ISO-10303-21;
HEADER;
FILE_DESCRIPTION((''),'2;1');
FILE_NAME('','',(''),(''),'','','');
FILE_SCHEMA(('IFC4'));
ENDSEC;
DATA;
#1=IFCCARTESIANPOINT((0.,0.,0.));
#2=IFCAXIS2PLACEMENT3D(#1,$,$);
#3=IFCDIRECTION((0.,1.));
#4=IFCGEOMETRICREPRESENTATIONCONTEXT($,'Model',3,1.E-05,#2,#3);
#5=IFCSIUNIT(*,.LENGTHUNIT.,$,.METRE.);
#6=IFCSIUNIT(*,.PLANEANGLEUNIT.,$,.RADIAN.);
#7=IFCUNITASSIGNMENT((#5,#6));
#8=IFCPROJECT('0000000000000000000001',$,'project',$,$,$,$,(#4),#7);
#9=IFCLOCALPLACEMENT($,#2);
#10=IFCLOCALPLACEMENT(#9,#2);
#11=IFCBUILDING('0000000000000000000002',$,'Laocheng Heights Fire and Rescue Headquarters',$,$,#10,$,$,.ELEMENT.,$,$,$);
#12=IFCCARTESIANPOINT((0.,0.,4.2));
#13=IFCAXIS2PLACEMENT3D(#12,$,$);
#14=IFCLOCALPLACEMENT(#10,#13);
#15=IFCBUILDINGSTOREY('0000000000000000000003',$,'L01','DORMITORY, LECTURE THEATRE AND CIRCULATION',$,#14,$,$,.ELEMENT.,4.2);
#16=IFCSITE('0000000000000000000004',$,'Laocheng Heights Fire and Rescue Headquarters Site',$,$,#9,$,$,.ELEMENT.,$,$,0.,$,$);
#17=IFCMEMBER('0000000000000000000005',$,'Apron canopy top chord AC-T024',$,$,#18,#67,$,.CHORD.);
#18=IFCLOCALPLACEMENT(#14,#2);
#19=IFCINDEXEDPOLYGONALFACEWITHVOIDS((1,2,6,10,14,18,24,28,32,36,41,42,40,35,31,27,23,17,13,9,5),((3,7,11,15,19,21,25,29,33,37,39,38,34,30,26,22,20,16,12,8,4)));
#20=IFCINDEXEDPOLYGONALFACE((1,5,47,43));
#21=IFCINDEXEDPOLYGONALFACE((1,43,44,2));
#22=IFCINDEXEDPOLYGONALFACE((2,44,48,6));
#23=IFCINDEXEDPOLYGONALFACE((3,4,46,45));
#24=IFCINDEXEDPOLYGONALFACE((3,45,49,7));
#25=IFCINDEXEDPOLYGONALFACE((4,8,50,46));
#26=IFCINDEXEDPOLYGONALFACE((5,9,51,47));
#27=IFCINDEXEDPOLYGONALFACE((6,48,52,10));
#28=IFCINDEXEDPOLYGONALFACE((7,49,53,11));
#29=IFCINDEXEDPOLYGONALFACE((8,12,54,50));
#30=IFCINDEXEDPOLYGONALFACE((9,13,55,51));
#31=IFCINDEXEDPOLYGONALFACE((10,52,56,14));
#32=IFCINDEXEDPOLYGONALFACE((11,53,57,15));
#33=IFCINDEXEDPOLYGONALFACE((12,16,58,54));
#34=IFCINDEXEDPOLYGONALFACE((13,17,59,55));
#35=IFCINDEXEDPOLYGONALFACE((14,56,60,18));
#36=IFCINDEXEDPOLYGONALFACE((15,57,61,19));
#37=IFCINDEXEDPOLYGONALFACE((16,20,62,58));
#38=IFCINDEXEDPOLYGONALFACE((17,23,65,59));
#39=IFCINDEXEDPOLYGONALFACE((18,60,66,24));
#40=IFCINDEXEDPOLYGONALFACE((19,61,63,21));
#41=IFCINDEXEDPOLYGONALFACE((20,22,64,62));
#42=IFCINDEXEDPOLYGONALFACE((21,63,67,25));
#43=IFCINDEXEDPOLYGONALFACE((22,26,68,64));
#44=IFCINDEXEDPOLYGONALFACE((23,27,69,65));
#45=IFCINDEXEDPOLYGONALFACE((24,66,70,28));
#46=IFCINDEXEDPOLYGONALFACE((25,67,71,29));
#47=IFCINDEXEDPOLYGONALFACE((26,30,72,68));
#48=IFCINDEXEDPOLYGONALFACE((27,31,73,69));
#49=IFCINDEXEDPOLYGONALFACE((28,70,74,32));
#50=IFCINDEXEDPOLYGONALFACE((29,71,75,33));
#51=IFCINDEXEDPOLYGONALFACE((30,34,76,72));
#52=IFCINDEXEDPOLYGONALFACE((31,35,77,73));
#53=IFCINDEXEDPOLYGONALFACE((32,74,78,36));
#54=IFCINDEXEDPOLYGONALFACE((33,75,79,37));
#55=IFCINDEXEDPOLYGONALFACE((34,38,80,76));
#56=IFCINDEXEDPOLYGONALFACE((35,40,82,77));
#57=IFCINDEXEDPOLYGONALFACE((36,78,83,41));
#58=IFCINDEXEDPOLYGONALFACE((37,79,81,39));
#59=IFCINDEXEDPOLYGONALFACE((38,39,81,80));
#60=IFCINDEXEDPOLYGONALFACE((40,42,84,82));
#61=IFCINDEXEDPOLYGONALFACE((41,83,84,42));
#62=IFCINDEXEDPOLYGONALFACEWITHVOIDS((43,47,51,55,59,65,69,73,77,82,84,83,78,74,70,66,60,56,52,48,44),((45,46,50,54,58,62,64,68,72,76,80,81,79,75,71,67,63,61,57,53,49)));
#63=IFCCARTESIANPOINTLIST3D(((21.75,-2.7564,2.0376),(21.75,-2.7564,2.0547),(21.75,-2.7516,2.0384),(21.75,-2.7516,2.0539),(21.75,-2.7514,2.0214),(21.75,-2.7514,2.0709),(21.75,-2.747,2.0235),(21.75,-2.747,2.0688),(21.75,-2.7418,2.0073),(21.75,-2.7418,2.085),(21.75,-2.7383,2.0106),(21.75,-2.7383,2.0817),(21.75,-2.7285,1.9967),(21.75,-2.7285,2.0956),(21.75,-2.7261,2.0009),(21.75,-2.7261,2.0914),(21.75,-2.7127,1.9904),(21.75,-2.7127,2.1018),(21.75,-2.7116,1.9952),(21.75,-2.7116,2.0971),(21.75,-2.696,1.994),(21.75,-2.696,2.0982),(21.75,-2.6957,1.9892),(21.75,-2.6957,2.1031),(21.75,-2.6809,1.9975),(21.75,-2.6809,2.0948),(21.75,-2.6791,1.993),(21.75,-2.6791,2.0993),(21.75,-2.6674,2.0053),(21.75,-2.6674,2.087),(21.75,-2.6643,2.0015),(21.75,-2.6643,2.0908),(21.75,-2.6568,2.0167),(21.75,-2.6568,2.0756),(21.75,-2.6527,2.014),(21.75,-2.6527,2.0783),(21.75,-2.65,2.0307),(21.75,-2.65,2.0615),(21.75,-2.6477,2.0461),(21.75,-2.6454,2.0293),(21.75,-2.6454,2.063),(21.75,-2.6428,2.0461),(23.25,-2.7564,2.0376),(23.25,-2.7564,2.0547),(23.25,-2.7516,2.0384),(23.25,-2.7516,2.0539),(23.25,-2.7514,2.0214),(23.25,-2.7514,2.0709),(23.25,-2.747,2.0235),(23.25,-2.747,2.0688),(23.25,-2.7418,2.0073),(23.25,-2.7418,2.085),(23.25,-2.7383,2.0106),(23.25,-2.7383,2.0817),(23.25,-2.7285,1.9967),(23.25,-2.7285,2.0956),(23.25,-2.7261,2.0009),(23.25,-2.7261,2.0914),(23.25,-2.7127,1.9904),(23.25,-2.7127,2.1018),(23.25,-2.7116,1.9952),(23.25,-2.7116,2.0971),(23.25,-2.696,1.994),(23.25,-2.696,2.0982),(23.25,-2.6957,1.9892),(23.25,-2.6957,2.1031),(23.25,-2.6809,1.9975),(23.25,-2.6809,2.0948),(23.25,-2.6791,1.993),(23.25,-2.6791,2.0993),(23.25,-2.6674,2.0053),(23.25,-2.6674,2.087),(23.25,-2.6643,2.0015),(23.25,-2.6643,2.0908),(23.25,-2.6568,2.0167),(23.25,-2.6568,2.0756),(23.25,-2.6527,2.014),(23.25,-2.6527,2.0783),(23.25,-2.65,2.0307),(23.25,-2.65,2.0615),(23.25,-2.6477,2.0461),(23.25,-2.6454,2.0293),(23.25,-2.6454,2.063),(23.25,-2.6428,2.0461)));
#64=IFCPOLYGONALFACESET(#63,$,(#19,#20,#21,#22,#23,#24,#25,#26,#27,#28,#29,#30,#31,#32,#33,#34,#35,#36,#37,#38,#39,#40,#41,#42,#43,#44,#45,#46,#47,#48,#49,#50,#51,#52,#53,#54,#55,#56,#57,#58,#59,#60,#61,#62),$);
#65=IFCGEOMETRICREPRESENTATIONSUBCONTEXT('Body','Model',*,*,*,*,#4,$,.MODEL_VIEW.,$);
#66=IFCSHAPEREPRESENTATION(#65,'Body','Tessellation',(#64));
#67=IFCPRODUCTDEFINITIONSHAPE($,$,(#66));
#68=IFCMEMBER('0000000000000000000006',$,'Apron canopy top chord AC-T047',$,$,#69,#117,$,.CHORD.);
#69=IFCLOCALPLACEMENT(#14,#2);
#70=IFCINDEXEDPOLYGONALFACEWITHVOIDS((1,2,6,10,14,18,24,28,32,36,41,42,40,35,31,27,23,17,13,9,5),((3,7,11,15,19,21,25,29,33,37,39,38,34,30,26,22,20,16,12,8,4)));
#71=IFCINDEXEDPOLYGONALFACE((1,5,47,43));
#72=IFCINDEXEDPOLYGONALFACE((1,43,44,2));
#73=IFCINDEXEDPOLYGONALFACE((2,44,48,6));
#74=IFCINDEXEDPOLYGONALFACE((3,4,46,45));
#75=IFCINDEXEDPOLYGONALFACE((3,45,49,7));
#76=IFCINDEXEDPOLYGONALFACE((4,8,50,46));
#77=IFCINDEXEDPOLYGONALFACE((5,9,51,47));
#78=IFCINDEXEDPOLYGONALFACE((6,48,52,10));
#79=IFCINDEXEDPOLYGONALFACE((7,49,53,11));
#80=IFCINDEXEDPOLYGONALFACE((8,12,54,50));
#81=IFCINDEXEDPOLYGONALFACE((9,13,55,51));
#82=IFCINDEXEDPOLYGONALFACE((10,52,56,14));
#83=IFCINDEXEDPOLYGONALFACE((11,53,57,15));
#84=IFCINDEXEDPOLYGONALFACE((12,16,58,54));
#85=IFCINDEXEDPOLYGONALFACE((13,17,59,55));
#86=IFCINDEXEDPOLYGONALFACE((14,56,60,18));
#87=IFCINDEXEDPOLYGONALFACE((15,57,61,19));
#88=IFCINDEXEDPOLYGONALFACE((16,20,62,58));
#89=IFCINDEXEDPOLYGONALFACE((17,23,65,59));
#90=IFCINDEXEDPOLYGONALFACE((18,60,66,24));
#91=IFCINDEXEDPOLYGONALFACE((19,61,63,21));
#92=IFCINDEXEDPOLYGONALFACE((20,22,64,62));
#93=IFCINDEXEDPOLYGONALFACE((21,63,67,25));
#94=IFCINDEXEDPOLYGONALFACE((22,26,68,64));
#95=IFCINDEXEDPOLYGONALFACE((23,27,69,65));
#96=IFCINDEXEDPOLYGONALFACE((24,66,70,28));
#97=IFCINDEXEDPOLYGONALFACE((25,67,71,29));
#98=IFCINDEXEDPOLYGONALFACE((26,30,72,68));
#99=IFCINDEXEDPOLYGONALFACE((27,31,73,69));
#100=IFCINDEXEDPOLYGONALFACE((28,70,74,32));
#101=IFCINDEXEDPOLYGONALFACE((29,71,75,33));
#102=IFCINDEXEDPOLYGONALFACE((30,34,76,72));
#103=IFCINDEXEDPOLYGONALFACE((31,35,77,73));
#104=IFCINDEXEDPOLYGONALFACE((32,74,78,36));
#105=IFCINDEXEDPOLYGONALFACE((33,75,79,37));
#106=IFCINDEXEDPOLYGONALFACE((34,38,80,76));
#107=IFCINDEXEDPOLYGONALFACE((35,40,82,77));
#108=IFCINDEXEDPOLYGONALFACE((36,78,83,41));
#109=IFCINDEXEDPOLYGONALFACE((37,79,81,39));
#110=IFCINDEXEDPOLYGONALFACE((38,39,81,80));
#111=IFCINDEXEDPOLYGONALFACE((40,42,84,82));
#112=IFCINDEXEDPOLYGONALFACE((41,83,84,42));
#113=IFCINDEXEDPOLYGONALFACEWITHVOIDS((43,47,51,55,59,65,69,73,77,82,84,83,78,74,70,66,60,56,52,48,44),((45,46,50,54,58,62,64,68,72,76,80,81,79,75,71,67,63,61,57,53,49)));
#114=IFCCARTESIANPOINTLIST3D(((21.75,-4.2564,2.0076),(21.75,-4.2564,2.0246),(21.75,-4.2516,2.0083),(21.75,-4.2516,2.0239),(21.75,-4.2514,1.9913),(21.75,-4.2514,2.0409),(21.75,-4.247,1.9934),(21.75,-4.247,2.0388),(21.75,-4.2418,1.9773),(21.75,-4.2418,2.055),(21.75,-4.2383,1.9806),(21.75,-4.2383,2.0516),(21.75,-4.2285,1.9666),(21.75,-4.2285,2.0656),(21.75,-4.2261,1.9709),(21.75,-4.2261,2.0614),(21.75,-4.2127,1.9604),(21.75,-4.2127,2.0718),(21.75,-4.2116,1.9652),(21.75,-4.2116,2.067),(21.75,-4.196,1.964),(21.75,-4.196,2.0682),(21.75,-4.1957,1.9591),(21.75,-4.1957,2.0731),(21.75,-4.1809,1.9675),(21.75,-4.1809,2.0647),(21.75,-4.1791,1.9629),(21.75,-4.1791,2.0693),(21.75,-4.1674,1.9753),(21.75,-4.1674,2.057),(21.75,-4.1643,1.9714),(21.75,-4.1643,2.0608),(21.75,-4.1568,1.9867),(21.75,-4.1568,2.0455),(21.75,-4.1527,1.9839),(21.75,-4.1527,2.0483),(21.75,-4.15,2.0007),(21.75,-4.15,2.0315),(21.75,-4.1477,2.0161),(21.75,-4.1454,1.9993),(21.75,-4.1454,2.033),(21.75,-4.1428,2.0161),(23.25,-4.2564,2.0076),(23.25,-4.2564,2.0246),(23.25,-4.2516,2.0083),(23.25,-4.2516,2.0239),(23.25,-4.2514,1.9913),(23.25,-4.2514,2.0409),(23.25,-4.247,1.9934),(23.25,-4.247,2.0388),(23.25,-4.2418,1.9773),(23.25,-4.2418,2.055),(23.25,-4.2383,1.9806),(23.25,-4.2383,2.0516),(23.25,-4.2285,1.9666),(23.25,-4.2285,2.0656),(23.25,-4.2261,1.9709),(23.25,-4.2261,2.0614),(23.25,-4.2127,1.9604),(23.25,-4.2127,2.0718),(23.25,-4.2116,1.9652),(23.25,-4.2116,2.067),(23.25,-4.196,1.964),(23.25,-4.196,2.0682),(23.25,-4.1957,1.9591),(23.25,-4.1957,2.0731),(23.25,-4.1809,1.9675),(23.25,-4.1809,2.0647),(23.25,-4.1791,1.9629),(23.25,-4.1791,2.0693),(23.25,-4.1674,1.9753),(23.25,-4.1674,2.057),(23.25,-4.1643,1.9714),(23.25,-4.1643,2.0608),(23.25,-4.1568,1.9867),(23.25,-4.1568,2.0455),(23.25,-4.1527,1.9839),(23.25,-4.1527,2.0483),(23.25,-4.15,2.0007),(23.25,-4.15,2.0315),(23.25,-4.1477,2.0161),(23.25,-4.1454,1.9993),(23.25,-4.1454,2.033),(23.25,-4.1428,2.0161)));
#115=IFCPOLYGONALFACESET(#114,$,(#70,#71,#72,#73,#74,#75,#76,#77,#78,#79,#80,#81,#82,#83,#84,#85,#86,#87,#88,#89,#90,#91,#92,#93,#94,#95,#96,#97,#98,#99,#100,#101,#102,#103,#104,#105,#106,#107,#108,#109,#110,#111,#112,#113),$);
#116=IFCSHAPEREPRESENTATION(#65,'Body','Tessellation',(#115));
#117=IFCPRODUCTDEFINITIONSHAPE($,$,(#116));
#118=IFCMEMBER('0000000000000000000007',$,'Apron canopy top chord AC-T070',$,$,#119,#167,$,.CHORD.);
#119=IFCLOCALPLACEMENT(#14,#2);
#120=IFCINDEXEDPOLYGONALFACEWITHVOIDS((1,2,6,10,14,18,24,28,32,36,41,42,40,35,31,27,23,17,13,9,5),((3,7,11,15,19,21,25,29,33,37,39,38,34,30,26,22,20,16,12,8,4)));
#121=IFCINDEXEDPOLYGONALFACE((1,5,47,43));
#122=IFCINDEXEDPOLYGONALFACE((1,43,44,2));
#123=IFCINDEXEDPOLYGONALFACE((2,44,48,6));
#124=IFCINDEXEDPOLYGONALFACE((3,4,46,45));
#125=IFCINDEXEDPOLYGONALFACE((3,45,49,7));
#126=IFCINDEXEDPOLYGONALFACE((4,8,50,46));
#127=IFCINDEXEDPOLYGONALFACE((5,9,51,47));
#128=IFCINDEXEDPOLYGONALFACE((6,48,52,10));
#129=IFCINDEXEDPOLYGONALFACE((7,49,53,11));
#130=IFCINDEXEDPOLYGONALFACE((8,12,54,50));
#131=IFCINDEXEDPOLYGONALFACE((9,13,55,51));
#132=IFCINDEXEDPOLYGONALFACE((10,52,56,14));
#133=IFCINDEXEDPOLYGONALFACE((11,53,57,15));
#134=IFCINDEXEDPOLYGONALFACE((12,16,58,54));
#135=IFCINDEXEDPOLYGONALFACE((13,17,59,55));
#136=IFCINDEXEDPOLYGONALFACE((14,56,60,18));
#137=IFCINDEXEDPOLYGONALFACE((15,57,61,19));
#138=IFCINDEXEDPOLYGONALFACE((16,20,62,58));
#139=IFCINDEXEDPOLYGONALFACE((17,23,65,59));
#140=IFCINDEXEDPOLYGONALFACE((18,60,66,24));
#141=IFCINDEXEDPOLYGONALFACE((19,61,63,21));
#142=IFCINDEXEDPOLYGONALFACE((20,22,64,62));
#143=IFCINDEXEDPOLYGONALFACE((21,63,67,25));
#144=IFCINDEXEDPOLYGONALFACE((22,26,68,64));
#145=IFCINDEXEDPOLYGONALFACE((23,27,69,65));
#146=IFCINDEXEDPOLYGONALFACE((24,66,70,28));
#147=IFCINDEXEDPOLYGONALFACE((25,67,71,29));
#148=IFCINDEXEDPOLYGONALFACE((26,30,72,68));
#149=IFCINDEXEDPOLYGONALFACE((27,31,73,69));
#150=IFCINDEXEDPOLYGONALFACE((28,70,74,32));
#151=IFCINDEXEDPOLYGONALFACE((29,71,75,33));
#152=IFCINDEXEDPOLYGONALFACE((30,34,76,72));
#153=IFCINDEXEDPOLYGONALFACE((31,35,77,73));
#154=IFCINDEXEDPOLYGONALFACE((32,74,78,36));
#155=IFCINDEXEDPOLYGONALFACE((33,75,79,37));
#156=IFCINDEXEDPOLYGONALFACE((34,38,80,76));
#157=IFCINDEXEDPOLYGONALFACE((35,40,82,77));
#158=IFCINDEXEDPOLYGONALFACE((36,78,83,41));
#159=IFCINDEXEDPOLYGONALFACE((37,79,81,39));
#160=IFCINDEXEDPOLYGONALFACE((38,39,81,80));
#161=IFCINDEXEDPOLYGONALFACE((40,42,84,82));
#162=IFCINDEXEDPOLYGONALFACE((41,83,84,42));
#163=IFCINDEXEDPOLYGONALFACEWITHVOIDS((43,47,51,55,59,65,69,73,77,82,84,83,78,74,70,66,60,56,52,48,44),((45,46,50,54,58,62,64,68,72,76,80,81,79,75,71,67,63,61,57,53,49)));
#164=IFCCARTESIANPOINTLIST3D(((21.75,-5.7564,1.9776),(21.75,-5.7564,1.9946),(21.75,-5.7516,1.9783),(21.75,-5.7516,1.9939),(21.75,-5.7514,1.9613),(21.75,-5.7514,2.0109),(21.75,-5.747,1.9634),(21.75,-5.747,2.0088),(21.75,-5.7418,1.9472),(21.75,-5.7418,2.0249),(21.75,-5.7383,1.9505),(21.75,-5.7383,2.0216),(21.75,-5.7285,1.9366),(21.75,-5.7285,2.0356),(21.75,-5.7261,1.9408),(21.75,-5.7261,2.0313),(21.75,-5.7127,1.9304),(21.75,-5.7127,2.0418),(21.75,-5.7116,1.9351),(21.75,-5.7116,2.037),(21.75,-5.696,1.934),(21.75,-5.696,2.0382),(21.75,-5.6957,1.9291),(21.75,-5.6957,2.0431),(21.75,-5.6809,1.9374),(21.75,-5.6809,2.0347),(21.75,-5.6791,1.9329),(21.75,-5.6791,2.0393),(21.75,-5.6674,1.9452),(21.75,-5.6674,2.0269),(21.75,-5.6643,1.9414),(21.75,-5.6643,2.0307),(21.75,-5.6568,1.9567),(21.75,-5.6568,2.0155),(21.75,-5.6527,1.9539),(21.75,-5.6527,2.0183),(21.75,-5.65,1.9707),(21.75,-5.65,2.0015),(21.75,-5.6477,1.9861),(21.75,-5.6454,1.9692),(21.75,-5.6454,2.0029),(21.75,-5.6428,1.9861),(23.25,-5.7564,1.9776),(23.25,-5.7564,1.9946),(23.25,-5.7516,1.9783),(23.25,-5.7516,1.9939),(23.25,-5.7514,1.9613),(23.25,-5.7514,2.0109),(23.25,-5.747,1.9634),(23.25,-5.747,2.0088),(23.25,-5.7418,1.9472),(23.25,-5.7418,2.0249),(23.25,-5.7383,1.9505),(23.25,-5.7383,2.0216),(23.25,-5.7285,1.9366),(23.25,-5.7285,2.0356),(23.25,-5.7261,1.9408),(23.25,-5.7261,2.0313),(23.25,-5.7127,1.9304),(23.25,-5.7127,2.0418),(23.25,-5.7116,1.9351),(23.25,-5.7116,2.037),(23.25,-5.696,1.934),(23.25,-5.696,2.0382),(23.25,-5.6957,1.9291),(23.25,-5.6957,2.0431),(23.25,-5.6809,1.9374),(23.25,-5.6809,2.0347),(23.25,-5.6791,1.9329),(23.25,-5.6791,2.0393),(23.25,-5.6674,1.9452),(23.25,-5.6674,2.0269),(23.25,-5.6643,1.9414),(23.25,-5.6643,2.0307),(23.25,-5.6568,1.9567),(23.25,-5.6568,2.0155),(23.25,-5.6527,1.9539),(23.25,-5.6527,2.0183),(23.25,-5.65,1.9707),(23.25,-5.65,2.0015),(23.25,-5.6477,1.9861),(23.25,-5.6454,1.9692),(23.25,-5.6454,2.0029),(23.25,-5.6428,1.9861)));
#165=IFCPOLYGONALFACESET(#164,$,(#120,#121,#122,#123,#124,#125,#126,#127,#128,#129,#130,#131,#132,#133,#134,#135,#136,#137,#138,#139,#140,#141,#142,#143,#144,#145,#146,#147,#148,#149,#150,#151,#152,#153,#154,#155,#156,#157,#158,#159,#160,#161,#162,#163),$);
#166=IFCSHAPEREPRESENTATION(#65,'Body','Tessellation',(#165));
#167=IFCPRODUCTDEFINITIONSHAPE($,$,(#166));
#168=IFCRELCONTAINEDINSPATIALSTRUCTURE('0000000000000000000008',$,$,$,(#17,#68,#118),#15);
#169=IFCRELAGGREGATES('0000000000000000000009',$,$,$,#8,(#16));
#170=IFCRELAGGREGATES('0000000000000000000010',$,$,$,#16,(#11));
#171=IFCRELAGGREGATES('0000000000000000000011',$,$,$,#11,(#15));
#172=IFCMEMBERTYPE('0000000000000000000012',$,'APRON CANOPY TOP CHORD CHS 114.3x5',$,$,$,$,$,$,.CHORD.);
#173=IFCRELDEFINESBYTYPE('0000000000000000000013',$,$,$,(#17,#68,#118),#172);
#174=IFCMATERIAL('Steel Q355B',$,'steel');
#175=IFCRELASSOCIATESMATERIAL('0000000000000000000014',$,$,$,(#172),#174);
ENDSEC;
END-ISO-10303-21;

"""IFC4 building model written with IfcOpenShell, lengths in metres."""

from ifc_helpers import new_model, si_unit, direction, frame, origin, origin_2d, place, context, subcontext, project, spatial, hollow_circle, extrude, material, material_profile, profile_set, type_object, element, save


model = new_model("IFC4")

# Units and contexts
model_context = context("Model", 3, precision=1e-05, world=origin(), true_north=direction((0.0, 1.0)))
body_context = subcontext(model_context, "Body", "Model", "MODEL_VIEW")
ifc_project = project(units=[si_unit("LENGTHUNIT", "METRE"), si_unit("PLANEANGLEUNIT", "RADIAN")], contexts=[model_context])

# Site, building, storey
site_placement = place(None, origin())
site = spatial("IfcSite", under=ifc_project, at=site_placement, Name="Laocheng Heights Fire and Rescue Headquarters Site", CompositionType="ELEMENT", RefElevation=0.0)
building_placement = place(site_placement, origin())
building = spatial("IfcBuilding", under=site, at=building_placement, Name="Laocheng Heights Fire and Rescue Headquarters", CompositionType="ELEMENT")
storey_placement = place(building_placement, frame((0.0, 0.0, 4.2)))
storey = spatial("IfcBuildingStorey", under=building, at=storey_placement, Name="L01", Description="DORMITORY, LECTURE THEATRE AND CIRCULATION", CompositionType="ELEMENT", Elevation=4.2)

# Members
ifc_material_1 = material(Name="Steel Q355B", Category="steel")
ifc_material_profile_1 = material_profile(ifc_material_1, hollow_circle(Radius=0.0571, WallThickness=0.0049, at=origin_2d()), Name="CHS 114.3x5")
ifc_profile_set_1 = profile_set([ifc_material_profile_1], Name="Steel Q355B")
member_type_1 = type_object("IfcMemberType", Name="APRON CANOPY TOP CHORD CHS 114.3x5", PredefinedType="CHORD", material=ifc_profile_set_1)
for number, where, z_axis, x_axis, name in (
    (1, (21.75, -2.7, 2.0461), (1.0, 0.0, 0.0), (0.0, 1.0, 0.0), "Apron canopy top chord AC-T024"),
    (2, (21.75, -4.2, 2.0161), (1.0, 0.0, 0.0), (0.0, 1.0, 0.0), "Apron canopy top chord AC-T047"),
    (3, (21.75, -5.7, 1.9861), (1.0, 0.0, 0.0), (0.0, 1.0, 0.0), "Apron canopy top chord AC-T070"),
):
    element("IfcMember", number, at=place(storey_placement, frame(where, z_axis=z_axis, x_axis=x_axis)), inside=storey, type_object=member_type_1, Name=name, PredefinedType="CHORD", context=body_context, shape_type="SweptSolid", body=[
        extrude(hollow_circle(Radius=0.0571, WallThickness=0.0049, at=origin_2d()), origin(), (0.0, 0.0, 1.0), 1.5),
    ])

save(model, "model.ifc")
